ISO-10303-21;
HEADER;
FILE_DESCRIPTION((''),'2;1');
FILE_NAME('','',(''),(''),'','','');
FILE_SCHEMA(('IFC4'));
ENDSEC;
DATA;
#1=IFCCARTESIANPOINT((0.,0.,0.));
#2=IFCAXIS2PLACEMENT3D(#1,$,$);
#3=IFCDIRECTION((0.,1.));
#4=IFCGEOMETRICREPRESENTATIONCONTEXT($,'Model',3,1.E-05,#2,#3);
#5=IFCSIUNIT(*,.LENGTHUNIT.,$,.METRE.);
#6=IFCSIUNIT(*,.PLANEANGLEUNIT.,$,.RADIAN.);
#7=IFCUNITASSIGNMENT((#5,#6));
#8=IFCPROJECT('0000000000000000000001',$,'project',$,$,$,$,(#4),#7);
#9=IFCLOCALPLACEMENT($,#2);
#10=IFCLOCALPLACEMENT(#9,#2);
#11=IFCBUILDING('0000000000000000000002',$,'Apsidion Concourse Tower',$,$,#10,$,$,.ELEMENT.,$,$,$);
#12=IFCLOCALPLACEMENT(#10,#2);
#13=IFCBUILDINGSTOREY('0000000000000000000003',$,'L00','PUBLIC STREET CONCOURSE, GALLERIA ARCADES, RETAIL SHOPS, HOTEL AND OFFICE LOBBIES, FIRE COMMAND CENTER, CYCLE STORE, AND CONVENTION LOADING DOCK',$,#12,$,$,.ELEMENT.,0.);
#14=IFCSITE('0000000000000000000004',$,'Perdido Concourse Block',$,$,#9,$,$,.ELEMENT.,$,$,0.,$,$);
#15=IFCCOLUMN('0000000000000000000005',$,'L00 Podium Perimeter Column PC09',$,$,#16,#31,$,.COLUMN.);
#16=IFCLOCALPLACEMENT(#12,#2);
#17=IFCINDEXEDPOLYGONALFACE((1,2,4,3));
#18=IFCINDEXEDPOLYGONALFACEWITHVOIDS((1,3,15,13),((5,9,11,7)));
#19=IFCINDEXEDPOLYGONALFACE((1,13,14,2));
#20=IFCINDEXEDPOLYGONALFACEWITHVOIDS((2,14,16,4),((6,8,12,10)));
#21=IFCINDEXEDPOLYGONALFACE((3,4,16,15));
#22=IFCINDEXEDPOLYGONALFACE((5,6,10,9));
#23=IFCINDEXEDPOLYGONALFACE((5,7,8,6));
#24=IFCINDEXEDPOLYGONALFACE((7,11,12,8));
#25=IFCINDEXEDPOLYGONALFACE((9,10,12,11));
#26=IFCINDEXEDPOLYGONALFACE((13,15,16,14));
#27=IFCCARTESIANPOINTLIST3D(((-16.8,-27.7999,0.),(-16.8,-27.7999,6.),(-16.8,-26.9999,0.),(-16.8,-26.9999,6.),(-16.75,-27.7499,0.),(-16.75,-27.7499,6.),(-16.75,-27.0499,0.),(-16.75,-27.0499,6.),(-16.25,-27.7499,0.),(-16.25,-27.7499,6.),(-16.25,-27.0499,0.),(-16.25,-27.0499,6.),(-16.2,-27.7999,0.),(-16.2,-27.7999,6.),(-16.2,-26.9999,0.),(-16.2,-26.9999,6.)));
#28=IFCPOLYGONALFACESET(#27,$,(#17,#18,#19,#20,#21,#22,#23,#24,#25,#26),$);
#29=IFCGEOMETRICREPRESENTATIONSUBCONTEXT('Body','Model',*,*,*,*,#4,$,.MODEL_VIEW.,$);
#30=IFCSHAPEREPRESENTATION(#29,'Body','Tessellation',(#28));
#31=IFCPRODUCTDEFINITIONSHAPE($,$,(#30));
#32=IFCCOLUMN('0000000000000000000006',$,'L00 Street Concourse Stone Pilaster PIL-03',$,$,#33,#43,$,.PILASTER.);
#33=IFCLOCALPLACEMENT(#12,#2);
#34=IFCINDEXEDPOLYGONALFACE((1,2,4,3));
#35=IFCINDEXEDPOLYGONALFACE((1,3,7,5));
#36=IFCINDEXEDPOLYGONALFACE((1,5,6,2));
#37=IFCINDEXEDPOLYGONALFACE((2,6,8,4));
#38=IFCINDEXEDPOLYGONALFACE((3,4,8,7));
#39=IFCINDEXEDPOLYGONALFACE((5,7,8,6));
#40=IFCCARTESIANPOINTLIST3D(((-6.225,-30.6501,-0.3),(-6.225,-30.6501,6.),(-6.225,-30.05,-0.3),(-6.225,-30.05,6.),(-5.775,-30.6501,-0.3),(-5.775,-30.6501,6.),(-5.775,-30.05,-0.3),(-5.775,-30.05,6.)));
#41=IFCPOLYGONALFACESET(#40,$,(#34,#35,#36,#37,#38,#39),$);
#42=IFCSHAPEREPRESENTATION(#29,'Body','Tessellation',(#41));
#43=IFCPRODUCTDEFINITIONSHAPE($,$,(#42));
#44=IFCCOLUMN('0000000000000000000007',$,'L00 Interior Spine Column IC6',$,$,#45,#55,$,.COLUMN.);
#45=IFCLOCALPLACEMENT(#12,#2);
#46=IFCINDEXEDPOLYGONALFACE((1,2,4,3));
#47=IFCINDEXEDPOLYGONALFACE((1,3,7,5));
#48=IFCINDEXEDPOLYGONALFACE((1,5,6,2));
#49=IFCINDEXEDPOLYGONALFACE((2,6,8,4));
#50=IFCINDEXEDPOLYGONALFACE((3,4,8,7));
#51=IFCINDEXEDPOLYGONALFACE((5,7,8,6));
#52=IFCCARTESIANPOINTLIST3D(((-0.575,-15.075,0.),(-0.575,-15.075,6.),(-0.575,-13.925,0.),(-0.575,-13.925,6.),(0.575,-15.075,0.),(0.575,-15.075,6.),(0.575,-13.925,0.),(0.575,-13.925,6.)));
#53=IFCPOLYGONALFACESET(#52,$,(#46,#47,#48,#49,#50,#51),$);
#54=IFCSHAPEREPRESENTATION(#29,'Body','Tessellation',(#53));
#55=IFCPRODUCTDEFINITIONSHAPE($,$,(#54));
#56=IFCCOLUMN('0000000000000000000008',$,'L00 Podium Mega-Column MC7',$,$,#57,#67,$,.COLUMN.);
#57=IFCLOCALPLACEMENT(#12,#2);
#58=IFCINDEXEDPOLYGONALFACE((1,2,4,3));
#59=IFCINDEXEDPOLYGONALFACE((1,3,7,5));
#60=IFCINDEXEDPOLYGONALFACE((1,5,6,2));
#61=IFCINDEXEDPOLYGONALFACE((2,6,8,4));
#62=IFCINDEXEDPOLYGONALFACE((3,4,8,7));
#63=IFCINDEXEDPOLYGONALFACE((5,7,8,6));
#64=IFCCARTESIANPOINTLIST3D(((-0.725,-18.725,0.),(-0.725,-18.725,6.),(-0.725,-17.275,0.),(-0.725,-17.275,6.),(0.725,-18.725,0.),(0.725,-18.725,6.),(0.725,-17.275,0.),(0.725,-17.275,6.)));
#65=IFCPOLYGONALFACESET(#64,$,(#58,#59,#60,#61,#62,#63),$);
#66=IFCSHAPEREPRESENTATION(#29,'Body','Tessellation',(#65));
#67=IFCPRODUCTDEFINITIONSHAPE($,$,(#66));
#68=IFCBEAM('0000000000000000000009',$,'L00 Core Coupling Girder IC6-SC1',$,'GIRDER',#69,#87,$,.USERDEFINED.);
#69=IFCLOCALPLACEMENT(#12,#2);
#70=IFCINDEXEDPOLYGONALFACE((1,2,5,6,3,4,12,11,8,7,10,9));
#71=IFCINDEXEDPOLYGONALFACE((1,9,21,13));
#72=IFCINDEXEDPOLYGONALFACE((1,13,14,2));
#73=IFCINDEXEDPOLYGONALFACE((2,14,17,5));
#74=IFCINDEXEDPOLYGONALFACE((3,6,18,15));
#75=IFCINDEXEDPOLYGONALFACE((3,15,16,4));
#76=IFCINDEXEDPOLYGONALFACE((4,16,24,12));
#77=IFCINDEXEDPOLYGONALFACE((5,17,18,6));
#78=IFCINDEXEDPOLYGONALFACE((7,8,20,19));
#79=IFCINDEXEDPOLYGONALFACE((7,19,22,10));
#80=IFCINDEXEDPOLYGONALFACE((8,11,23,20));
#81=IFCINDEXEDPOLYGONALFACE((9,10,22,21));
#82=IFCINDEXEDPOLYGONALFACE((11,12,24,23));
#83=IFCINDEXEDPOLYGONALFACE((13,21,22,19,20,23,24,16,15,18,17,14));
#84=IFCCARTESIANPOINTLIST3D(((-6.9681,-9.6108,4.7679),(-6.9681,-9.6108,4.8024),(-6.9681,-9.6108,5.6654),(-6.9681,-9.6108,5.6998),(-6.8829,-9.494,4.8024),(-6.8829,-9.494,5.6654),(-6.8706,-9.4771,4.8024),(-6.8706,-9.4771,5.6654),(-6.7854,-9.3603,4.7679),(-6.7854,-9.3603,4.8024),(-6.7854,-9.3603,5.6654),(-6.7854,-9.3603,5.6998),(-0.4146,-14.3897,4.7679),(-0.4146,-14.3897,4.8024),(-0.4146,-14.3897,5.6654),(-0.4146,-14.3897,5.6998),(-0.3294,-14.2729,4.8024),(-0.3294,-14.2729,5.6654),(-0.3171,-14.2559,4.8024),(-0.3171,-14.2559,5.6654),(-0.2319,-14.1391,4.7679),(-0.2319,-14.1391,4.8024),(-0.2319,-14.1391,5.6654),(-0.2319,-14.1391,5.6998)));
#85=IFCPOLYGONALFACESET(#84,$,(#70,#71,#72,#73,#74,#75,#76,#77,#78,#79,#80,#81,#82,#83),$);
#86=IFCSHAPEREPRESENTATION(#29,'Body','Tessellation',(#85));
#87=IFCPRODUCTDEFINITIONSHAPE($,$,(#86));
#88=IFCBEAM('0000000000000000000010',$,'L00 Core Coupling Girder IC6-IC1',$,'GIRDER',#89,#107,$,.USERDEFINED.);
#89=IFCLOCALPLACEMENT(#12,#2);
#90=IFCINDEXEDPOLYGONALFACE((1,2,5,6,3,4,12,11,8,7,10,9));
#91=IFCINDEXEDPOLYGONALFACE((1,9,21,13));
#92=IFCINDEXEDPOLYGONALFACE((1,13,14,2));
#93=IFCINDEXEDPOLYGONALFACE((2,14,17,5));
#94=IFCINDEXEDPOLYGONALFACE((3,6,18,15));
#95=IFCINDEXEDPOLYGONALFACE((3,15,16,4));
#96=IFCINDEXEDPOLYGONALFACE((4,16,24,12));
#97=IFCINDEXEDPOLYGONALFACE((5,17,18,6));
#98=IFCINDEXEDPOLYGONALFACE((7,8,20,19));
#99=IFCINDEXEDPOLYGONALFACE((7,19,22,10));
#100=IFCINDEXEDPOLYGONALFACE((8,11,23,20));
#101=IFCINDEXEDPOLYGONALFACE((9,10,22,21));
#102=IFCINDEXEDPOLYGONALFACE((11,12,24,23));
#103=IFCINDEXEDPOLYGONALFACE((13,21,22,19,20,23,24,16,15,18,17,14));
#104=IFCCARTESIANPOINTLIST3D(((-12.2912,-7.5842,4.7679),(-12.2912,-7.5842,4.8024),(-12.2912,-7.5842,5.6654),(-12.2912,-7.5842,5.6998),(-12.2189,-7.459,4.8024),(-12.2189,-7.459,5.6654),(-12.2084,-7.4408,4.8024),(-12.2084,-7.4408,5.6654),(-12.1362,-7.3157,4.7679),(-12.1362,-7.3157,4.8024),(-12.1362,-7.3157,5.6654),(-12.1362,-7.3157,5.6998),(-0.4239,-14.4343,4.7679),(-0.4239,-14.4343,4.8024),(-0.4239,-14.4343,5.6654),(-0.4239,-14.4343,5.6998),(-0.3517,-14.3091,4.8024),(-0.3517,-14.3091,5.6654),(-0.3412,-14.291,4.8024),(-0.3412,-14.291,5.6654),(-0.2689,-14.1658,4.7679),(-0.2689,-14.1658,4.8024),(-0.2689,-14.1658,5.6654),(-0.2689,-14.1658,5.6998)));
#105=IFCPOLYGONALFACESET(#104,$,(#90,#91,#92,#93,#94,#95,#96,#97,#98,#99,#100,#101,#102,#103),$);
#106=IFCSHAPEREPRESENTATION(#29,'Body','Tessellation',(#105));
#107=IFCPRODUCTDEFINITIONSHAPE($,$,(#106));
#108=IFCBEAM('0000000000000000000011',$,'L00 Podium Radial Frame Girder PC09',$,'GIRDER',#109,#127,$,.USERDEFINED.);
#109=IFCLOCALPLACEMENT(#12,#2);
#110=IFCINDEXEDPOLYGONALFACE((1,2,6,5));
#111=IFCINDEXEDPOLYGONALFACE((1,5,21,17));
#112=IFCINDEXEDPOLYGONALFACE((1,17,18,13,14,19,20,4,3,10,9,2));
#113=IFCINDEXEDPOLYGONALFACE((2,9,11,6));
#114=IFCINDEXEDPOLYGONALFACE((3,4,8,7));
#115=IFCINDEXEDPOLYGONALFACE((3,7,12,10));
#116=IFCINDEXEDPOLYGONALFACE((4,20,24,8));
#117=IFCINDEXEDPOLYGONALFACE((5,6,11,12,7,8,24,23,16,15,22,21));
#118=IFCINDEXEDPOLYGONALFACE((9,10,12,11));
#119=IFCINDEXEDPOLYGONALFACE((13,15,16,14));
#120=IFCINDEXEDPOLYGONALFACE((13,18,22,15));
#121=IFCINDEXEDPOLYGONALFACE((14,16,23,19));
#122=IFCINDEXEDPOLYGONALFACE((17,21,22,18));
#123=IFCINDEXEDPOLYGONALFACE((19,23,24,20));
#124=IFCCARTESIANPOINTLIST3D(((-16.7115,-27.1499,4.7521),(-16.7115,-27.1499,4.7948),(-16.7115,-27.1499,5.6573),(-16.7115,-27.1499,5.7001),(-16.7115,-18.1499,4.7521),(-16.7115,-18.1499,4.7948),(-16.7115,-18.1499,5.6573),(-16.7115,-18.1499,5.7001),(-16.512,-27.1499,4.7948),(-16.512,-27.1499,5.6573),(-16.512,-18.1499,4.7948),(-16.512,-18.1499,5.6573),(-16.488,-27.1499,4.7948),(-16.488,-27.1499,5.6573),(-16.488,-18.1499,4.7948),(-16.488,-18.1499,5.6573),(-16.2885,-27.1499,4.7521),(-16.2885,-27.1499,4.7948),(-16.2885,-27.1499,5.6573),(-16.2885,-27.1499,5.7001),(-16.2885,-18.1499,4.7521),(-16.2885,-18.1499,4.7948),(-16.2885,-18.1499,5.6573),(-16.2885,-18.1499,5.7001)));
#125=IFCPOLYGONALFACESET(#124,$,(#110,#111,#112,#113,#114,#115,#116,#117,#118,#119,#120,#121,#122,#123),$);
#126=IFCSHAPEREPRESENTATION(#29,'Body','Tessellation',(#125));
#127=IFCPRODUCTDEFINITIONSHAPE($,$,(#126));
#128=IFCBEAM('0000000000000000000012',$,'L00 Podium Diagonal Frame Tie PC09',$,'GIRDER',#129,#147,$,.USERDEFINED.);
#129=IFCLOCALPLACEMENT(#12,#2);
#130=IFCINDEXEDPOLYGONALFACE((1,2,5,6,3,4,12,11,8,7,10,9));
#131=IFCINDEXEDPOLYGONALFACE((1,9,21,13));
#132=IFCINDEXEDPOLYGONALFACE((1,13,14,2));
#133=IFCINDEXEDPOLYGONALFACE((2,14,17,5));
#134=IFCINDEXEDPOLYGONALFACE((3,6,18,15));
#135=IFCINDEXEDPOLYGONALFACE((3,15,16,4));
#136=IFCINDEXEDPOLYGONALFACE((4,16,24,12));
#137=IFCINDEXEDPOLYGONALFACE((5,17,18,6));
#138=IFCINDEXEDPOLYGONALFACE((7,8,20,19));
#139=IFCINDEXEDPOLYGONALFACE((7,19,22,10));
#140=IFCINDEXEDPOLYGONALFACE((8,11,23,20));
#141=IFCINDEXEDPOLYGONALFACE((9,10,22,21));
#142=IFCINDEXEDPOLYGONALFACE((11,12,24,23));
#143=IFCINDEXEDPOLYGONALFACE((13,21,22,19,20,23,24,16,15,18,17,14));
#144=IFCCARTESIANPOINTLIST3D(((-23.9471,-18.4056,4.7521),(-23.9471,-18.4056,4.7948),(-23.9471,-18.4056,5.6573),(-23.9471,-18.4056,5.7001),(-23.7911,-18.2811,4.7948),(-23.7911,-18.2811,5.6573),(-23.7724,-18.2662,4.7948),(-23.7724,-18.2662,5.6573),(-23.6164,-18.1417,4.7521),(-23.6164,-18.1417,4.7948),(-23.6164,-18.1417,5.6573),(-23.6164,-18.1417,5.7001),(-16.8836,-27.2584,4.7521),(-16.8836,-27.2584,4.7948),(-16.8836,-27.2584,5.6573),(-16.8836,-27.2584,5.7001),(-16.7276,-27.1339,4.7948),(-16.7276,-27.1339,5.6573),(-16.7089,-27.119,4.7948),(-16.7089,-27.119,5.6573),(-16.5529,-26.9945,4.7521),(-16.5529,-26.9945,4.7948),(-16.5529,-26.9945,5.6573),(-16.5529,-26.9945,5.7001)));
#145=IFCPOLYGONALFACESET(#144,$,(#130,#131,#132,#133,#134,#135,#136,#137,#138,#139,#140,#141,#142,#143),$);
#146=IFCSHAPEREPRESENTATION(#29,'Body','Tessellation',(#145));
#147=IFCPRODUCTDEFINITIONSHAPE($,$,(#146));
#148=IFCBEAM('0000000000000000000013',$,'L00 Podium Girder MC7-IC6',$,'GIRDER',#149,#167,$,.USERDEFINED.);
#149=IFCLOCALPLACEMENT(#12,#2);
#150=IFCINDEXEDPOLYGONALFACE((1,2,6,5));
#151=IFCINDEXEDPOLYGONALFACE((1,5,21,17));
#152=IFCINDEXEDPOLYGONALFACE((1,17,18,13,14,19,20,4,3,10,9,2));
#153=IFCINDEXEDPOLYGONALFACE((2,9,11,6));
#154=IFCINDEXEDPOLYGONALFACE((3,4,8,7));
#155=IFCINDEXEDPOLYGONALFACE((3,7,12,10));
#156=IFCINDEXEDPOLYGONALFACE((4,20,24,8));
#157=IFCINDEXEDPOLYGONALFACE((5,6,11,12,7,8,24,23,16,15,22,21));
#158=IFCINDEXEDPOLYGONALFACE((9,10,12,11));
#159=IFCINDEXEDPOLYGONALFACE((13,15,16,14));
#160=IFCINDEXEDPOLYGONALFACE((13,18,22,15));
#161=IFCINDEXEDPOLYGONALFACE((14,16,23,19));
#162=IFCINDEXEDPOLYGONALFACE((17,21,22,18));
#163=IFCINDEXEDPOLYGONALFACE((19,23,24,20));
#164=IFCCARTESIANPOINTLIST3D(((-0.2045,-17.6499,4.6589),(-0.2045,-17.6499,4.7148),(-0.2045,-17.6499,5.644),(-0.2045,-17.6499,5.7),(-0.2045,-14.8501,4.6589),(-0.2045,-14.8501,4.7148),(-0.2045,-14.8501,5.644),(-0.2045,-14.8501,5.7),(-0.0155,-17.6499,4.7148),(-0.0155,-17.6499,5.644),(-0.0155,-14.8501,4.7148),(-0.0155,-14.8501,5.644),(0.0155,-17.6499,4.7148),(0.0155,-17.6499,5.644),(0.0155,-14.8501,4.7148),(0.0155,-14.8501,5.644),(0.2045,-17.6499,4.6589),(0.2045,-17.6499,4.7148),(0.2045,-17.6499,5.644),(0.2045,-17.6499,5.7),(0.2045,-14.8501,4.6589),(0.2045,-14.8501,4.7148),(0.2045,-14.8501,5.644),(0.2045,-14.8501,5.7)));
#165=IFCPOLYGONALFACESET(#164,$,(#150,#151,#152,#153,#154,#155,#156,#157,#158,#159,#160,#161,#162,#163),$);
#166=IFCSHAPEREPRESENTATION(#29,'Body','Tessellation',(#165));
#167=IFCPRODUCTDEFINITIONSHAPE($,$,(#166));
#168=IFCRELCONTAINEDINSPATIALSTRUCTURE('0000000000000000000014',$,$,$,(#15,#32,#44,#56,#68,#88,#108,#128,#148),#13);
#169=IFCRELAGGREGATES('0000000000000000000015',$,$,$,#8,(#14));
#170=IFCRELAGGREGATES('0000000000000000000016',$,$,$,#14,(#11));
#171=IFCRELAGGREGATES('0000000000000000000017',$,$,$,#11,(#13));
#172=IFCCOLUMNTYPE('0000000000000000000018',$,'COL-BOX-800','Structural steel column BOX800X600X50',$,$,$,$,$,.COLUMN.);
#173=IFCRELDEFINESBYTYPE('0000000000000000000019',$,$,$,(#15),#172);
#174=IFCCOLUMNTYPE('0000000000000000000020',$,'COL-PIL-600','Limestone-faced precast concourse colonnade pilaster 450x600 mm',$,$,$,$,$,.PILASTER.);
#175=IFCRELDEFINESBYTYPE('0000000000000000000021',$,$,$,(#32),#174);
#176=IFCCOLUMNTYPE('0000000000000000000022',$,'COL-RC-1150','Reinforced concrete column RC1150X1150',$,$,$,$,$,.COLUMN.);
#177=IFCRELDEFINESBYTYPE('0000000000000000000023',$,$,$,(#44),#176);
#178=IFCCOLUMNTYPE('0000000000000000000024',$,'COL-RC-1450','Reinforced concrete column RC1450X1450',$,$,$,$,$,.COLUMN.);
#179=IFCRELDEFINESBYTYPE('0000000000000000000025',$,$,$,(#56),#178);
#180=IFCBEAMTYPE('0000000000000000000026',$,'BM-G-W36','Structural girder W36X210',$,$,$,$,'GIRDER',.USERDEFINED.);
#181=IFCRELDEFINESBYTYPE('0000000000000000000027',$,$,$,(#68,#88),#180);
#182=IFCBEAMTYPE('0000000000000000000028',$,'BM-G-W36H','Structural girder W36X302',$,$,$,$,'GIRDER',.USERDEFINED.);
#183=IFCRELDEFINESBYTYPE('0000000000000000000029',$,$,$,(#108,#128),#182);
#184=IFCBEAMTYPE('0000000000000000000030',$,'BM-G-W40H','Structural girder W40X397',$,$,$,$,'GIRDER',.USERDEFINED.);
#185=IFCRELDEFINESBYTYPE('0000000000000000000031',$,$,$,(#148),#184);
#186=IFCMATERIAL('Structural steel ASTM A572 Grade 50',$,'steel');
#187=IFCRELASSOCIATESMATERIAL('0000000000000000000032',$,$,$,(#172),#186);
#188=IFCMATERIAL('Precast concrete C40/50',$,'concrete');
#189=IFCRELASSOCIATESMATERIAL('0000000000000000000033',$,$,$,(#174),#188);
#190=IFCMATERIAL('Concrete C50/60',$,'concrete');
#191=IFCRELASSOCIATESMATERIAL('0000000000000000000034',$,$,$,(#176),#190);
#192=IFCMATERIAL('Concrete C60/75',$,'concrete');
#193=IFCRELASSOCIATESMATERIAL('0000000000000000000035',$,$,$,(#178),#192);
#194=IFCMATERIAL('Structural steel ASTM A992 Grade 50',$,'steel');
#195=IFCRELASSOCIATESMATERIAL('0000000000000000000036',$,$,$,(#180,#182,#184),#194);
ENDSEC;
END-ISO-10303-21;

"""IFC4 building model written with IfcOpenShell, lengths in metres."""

from ifc_helpers import new_model, si_unit, direction, frame, origin, origin_2d, place, context, subcontext, project, spatial, rectangle, hollow_rectangle, i_section, extrude, material, material_profile, profile_set, type_object, element, save


model = new_model("IFC4")

# Units and contexts
model_context = context("Model", 3, precision=1e-05, world=origin(), true_north=direction((0.0, 1.0)))
body_context = subcontext(model_context, "Body", "Model", "MODEL_VIEW")
ifc_project = project(units=[si_unit("LENGTHUNIT", "METRE"), si_unit("PLANEANGLEUNIT", "RADIAN")], contexts=[model_context])

# Site, building, storey
site_placement = place(None, origin())
site = spatial("IfcSite", under=ifc_project, at=site_placement, Name="Perdido Concourse Block", CompositionType="ELEMENT", RefElevation=0.0)
building_placement = place(site_placement, origin())
building = spatial("IfcBuilding", under=site, at=building_placement, Name="Apsidion Concourse Tower", CompositionType="ELEMENT")
storey_placement = place(building_placement, origin())
storey = spatial("IfcBuildingStorey", under=building, at=storey_placement, Name="L00", Description="PUBLIC STREET CONCOURSE, GALLERIA ARCADES, RETAIL SHOPS, HOTEL AND OFFICE LOBBIES, FIRE COMMAND CENTER, CYCLE STORE, AND CONVENTION LOADING DOCK", CompositionType="ELEMENT", Elevation=0.0)

# Columns
ifc_material_1 = material(Name="Structural steel ASTM A572 Grade 50", Category="steel")
ifc_material_profile_1 = material_profile(ifc_material_1, hollow_rectangle(XDim=0.6001, YDim=0.8, WallThickness=0.05, at=origin_2d()), Name="BOX800X600X50")
ifc_profile_set_1 = profile_set([ifc_material_profile_1], Name="Structural steel ASTM A572 Grade 50")
column_type_1 = type_object("IfcColumnType", Name="COL-BOX-800", Description="Structural steel column BOX800X600X50", PredefinedType="COLUMN", material=ifc_profile_set_1)
column_1_placement = place(storey_placement, frame((-16.5, -27.3999, 0.0), z_axis=(0.0, 0.0, 1.0), x_axis=(1.0, 0.0, 0.0)))
element("IfcColumn", 1, at=column_1_placement, inside=storey, type_object=column_type_1, Name="L00 Podium Perimeter Column PC09", PredefinedType="COLUMN", context=body_context, shape_type="SweptSolid", body=[
    extrude(hollow_rectangle(XDim=0.6001, YDim=0.8, WallThickness=0.05, at=origin_2d()), origin(), (0.0, 0.0, 1.0), 6.0),
])
ifc_material_2 = material(Name="Precast concrete C40/50", Category="concrete")
ifc_material_profile_2 = material_profile(ifc_material_2, rectangle(XDim=0.45, YDim=0.6001, at=origin_2d()), Name="RC 600x450")
ifc_profile_set_2 = profile_set([ifc_material_profile_2], Name="Precast concrete C40/50")
column_type_2 = type_object("IfcColumnType", Name="COL-PIL-600", Description="Limestone-faced precast concourse colonnade pilaster 450x600 mm", PredefinedType="PILASTER", material=ifc_profile_set_2)
column_2_placement = place(storey_placement, frame((-6.0, -30.3501, -0.3), z_axis=(0.0, 0.0, 1.0), x_axis=(1.0, 0.0, 0.0)))
element("IfcColumn", 2, at=column_2_placement, inside=storey, type_object=column_type_2, Name="L00 Street Concourse Stone Pilaster PIL-03", PredefinedType="PILASTER", context=body_context, shape_type="SweptSolid", body=[
    extrude(rectangle(XDim=0.45, YDim=0.6001, at=origin_2d()), origin(), (0.0, 0.0, 1.0), 6.3),
])
ifc_material_3 = material(Name="Concrete C50/60", Category="concrete")
ifc_material_profile_3 = material_profile(ifc_material_3, rectangle(XDim=1.1499, YDim=1.1499, at=origin_2d()), Name="RC 1150x1150")
ifc_profile_set_3 = profile_set([ifc_material_profile_3], Name="Concrete C50/60")
column_type_3 = type_object("IfcColumnType", Name="COL-RC-1150", Description="Reinforced concrete column RC1150X1150", PredefinedType="COLUMN", material=ifc_profile_set_3)
column_3_placement = place(storey_placement, frame((0.0, -14.5, 0.0), z_axis=(0.0, 0.0, 1.0), x_axis=(1.0, 0.0, 0.0)))
element("IfcColumn", 3, at=column_3_placement, inside=storey, type_object=column_type_3, Name="L00 Interior Spine Column IC6", PredefinedType="COLUMN", context=body_context, shape_type="SweptSolid", body=[
    extrude(rectangle(XDim=1.1499, YDim=1.1499, at=origin_2d()), origin(), (0.0, 0.0, 1.0), 6.0),
])
ifc_material_4 = material(Name="Concrete C60/75", Category="concrete")
ifc_material_profile_4 = material_profile(ifc_material_4, rectangle(XDim=1.45, YDim=1.45, at=origin_2d()), Name="RC 1450x1450")
ifc_profile_set_4 = profile_set([ifc_material_profile_4], Name="Concrete C60/75")
column_type_4 = type_object("IfcColumnType", Name="COL-RC-1450", Description="Reinforced concrete column RC1450X1450", PredefinedType="COLUMN", material=ifc_profile_set_4)
column_4_placement = place(storey_placement, frame((0.0, -18.0, 0.0), z_axis=(0.0, 0.0, 1.0), x_axis=(1.0, 0.0, 0.0)))
element("IfcColumn", 4, at=column_4_placement, inside=storey, type_object=column_type_4, Name="L00 Podium Mega-Column MC7", PredefinedType="COLUMN", context=body_context, shape_type="SweptSolid", body=[
    extrude(rectangle(XDim=1.45, YDim=1.45, at=origin_2d()), origin(), (0.0, 0.0, 1.0), 6.0),
])

# Beams
ifc_material_5 = material(Name="Structural steel ASTM A992 Grade 50", Category="steel")
ifc_material_profile_5 = material_profile(ifc_material_5, i_section(OverallWidth=0.3101, OverallDepth=0.9319, WebThickness=0.021, FlangeThickness=0.0344, at=origin_2d()), Name="W36X210")
ifc_profile_set_5 = profile_set([ifc_material_profile_5], Name="Structural steel ASTM A992 Grade 50")
beam_type_1 = type_object("IfcBeamType", Name="BM-G-W36", Description="Structural girder W36X210", ElementType="GIRDER", PredefinedType="USERDEFINED", material=ifc_profile_set_5)
beam_1_placement = place(storey_placement, frame((-0.3232, -14.2644, 5.2339), z_axis=(-0.807993, 0.589191, 0.0), x_axis=(-0.589191, -0.807993, 0.0)))
element("IfcBeam", 5, at=beam_1_placement, inside=storey, type_object=beam_type_1, Name="L00 Core Coupling Girder IC6-SC1", ObjectType="GIRDER", PredefinedType="USERDEFINED", context=body_context, shape_type="SweptSolid", body=[
    extrude(i_section(OverallWidth=0.3101, OverallDepth=0.9319, WebThickness=0.021, FlangeThickness=0.0344, at=origin_2d()), origin(), (0.0, 0.0, 1.0), 8.1108),
])
beam_2_placement = place(storey_placement, frame((-0.3464, -14.3, 5.2339), z_axis=(-0.86607, 0.499922, 0.0), x_axis=(-0.499922, -0.86607, 0.0)))
element("IfcBeam", 6, at=beam_2_placement, inside=storey, type_object=beam_type_1, Name="L00 Core Coupling Girder IC6-IC1", ObjectType="GIRDER", PredefinedType="USERDEFINED", context=body_context, shape_type="SweptSolid", body=[
    extrude(i_section(OverallWidth=0.3101, OverallDepth=0.9319, WebThickness=0.021, FlangeThickness=0.0344, at=origin_2d()), origin(), (0.0, 0.0, 1.0), 13.7024),
])
ifc_material_profile_6 = material_profile(ifc_material_5, i_section(OverallWidth=0.4231, OverallDepth=0.948, WebThickness=0.0239, FlangeThickness=0.0427, at=origin_2d()), Name="W36X302")
ifc_profile_set_6 = profile_set([ifc_material_profile_6], Name="Structural steel ASTM A992 Grade 50")
beam_type_2 = type_object("IfcBeamType", Name="BM-G-W36H", Description="Structural girder W36X302", ElementType="GIRDER", PredefinedType="USERDEFINED", material=ifc_profile_set_6)
beam_3_placement = place(storey_placement, frame((-16.5, -27.1499, 5.2261), z_axis=(0.0, 1.0, 0.0), x_axis=(-1.0, 0.0, 0.0)))
element("IfcBeam", 7, at=beam_3_placement, inside=storey, type_object=beam_type_2, Name="L00 Podium Radial Frame Girder PC09", ObjectType="GIRDER", PredefinedType="USERDEFINED", context=body_context, shape_type="SweptSolid", body=[
    extrude(i_section(OverallWidth=0.4231, OverallDepth=0.948, WebThickness=0.0239, FlangeThickness=0.0427, at=origin_2d()), origin(), (0.0, 0.0, 1.0), 9.0),
])
beam_4_placement = place(storey_placement, frame((-16.7183, -27.1265, 5.2261), z_axis=(-0.623685, 0.781676, 0.0), x_axis=(-0.781676, -0.623685, 0.0)))
element("IfcBeam", 8, at=beam_4_placement, inside=storey, type_object=beam_type_2, Name="L00 Podium Diagonal Frame Tie PC09", ObjectType="GIRDER", PredefinedType="USERDEFINED", context=body_context, shape_type="SweptSolid", body=[
    extrude(i_section(OverallWidth=0.4231, OverallDepth=0.948, WebThickness=0.0239, FlangeThickness=0.0427, at=origin_2d()), origin(), (0.0, 0.0, 1.0), 11.3254),
])
ifc_material_profile_7 = material_profile(ifc_material_5, i_section(OverallWidth=0.4089, OverallDepth=1.041, WebThickness=0.031, FlangeThickness=0.0559, at=origin_2d()), Name="W40X397")
ifc_profile_set_7 = profile_set([ifc_material_profile_7], Name="Structural steel ASTM A992 Grade 50")
beam_type_3 = type_object("IfcBeamType", Name="BM-G-W40H", Description="Structural girder W40X397", ElementType="GIRDER", PredefinedType="USERDEFINED", material=ifc_profile_set_7)
beam_5_placement = place(storey_placement, frame((0.0, -17.6499, 5.1794), z_axis=(0.0, 1.0, 0.0), x_axis=(-1.0, 0.0, 0.0)))
element("IfcBeam", 9, at=beam_5_placement, inside=storey, type_object=beam_type_3, Name="L00 Podium Girder MC7-IC6", ObjectType="GIRDER", PredefinedType="USERDEFINED", context=body_context, shape_type="SweptSolid", body=[
    extrude(i_section(OverallWidth=0.4089, OverallDepth=1.041, WebThickness=0.031, FlangeThickness=0.0559, at=origin_2d()), origin(), (0.0, 0.0, 1.0), 2.7998),
])

save(model, "model.ifc")
